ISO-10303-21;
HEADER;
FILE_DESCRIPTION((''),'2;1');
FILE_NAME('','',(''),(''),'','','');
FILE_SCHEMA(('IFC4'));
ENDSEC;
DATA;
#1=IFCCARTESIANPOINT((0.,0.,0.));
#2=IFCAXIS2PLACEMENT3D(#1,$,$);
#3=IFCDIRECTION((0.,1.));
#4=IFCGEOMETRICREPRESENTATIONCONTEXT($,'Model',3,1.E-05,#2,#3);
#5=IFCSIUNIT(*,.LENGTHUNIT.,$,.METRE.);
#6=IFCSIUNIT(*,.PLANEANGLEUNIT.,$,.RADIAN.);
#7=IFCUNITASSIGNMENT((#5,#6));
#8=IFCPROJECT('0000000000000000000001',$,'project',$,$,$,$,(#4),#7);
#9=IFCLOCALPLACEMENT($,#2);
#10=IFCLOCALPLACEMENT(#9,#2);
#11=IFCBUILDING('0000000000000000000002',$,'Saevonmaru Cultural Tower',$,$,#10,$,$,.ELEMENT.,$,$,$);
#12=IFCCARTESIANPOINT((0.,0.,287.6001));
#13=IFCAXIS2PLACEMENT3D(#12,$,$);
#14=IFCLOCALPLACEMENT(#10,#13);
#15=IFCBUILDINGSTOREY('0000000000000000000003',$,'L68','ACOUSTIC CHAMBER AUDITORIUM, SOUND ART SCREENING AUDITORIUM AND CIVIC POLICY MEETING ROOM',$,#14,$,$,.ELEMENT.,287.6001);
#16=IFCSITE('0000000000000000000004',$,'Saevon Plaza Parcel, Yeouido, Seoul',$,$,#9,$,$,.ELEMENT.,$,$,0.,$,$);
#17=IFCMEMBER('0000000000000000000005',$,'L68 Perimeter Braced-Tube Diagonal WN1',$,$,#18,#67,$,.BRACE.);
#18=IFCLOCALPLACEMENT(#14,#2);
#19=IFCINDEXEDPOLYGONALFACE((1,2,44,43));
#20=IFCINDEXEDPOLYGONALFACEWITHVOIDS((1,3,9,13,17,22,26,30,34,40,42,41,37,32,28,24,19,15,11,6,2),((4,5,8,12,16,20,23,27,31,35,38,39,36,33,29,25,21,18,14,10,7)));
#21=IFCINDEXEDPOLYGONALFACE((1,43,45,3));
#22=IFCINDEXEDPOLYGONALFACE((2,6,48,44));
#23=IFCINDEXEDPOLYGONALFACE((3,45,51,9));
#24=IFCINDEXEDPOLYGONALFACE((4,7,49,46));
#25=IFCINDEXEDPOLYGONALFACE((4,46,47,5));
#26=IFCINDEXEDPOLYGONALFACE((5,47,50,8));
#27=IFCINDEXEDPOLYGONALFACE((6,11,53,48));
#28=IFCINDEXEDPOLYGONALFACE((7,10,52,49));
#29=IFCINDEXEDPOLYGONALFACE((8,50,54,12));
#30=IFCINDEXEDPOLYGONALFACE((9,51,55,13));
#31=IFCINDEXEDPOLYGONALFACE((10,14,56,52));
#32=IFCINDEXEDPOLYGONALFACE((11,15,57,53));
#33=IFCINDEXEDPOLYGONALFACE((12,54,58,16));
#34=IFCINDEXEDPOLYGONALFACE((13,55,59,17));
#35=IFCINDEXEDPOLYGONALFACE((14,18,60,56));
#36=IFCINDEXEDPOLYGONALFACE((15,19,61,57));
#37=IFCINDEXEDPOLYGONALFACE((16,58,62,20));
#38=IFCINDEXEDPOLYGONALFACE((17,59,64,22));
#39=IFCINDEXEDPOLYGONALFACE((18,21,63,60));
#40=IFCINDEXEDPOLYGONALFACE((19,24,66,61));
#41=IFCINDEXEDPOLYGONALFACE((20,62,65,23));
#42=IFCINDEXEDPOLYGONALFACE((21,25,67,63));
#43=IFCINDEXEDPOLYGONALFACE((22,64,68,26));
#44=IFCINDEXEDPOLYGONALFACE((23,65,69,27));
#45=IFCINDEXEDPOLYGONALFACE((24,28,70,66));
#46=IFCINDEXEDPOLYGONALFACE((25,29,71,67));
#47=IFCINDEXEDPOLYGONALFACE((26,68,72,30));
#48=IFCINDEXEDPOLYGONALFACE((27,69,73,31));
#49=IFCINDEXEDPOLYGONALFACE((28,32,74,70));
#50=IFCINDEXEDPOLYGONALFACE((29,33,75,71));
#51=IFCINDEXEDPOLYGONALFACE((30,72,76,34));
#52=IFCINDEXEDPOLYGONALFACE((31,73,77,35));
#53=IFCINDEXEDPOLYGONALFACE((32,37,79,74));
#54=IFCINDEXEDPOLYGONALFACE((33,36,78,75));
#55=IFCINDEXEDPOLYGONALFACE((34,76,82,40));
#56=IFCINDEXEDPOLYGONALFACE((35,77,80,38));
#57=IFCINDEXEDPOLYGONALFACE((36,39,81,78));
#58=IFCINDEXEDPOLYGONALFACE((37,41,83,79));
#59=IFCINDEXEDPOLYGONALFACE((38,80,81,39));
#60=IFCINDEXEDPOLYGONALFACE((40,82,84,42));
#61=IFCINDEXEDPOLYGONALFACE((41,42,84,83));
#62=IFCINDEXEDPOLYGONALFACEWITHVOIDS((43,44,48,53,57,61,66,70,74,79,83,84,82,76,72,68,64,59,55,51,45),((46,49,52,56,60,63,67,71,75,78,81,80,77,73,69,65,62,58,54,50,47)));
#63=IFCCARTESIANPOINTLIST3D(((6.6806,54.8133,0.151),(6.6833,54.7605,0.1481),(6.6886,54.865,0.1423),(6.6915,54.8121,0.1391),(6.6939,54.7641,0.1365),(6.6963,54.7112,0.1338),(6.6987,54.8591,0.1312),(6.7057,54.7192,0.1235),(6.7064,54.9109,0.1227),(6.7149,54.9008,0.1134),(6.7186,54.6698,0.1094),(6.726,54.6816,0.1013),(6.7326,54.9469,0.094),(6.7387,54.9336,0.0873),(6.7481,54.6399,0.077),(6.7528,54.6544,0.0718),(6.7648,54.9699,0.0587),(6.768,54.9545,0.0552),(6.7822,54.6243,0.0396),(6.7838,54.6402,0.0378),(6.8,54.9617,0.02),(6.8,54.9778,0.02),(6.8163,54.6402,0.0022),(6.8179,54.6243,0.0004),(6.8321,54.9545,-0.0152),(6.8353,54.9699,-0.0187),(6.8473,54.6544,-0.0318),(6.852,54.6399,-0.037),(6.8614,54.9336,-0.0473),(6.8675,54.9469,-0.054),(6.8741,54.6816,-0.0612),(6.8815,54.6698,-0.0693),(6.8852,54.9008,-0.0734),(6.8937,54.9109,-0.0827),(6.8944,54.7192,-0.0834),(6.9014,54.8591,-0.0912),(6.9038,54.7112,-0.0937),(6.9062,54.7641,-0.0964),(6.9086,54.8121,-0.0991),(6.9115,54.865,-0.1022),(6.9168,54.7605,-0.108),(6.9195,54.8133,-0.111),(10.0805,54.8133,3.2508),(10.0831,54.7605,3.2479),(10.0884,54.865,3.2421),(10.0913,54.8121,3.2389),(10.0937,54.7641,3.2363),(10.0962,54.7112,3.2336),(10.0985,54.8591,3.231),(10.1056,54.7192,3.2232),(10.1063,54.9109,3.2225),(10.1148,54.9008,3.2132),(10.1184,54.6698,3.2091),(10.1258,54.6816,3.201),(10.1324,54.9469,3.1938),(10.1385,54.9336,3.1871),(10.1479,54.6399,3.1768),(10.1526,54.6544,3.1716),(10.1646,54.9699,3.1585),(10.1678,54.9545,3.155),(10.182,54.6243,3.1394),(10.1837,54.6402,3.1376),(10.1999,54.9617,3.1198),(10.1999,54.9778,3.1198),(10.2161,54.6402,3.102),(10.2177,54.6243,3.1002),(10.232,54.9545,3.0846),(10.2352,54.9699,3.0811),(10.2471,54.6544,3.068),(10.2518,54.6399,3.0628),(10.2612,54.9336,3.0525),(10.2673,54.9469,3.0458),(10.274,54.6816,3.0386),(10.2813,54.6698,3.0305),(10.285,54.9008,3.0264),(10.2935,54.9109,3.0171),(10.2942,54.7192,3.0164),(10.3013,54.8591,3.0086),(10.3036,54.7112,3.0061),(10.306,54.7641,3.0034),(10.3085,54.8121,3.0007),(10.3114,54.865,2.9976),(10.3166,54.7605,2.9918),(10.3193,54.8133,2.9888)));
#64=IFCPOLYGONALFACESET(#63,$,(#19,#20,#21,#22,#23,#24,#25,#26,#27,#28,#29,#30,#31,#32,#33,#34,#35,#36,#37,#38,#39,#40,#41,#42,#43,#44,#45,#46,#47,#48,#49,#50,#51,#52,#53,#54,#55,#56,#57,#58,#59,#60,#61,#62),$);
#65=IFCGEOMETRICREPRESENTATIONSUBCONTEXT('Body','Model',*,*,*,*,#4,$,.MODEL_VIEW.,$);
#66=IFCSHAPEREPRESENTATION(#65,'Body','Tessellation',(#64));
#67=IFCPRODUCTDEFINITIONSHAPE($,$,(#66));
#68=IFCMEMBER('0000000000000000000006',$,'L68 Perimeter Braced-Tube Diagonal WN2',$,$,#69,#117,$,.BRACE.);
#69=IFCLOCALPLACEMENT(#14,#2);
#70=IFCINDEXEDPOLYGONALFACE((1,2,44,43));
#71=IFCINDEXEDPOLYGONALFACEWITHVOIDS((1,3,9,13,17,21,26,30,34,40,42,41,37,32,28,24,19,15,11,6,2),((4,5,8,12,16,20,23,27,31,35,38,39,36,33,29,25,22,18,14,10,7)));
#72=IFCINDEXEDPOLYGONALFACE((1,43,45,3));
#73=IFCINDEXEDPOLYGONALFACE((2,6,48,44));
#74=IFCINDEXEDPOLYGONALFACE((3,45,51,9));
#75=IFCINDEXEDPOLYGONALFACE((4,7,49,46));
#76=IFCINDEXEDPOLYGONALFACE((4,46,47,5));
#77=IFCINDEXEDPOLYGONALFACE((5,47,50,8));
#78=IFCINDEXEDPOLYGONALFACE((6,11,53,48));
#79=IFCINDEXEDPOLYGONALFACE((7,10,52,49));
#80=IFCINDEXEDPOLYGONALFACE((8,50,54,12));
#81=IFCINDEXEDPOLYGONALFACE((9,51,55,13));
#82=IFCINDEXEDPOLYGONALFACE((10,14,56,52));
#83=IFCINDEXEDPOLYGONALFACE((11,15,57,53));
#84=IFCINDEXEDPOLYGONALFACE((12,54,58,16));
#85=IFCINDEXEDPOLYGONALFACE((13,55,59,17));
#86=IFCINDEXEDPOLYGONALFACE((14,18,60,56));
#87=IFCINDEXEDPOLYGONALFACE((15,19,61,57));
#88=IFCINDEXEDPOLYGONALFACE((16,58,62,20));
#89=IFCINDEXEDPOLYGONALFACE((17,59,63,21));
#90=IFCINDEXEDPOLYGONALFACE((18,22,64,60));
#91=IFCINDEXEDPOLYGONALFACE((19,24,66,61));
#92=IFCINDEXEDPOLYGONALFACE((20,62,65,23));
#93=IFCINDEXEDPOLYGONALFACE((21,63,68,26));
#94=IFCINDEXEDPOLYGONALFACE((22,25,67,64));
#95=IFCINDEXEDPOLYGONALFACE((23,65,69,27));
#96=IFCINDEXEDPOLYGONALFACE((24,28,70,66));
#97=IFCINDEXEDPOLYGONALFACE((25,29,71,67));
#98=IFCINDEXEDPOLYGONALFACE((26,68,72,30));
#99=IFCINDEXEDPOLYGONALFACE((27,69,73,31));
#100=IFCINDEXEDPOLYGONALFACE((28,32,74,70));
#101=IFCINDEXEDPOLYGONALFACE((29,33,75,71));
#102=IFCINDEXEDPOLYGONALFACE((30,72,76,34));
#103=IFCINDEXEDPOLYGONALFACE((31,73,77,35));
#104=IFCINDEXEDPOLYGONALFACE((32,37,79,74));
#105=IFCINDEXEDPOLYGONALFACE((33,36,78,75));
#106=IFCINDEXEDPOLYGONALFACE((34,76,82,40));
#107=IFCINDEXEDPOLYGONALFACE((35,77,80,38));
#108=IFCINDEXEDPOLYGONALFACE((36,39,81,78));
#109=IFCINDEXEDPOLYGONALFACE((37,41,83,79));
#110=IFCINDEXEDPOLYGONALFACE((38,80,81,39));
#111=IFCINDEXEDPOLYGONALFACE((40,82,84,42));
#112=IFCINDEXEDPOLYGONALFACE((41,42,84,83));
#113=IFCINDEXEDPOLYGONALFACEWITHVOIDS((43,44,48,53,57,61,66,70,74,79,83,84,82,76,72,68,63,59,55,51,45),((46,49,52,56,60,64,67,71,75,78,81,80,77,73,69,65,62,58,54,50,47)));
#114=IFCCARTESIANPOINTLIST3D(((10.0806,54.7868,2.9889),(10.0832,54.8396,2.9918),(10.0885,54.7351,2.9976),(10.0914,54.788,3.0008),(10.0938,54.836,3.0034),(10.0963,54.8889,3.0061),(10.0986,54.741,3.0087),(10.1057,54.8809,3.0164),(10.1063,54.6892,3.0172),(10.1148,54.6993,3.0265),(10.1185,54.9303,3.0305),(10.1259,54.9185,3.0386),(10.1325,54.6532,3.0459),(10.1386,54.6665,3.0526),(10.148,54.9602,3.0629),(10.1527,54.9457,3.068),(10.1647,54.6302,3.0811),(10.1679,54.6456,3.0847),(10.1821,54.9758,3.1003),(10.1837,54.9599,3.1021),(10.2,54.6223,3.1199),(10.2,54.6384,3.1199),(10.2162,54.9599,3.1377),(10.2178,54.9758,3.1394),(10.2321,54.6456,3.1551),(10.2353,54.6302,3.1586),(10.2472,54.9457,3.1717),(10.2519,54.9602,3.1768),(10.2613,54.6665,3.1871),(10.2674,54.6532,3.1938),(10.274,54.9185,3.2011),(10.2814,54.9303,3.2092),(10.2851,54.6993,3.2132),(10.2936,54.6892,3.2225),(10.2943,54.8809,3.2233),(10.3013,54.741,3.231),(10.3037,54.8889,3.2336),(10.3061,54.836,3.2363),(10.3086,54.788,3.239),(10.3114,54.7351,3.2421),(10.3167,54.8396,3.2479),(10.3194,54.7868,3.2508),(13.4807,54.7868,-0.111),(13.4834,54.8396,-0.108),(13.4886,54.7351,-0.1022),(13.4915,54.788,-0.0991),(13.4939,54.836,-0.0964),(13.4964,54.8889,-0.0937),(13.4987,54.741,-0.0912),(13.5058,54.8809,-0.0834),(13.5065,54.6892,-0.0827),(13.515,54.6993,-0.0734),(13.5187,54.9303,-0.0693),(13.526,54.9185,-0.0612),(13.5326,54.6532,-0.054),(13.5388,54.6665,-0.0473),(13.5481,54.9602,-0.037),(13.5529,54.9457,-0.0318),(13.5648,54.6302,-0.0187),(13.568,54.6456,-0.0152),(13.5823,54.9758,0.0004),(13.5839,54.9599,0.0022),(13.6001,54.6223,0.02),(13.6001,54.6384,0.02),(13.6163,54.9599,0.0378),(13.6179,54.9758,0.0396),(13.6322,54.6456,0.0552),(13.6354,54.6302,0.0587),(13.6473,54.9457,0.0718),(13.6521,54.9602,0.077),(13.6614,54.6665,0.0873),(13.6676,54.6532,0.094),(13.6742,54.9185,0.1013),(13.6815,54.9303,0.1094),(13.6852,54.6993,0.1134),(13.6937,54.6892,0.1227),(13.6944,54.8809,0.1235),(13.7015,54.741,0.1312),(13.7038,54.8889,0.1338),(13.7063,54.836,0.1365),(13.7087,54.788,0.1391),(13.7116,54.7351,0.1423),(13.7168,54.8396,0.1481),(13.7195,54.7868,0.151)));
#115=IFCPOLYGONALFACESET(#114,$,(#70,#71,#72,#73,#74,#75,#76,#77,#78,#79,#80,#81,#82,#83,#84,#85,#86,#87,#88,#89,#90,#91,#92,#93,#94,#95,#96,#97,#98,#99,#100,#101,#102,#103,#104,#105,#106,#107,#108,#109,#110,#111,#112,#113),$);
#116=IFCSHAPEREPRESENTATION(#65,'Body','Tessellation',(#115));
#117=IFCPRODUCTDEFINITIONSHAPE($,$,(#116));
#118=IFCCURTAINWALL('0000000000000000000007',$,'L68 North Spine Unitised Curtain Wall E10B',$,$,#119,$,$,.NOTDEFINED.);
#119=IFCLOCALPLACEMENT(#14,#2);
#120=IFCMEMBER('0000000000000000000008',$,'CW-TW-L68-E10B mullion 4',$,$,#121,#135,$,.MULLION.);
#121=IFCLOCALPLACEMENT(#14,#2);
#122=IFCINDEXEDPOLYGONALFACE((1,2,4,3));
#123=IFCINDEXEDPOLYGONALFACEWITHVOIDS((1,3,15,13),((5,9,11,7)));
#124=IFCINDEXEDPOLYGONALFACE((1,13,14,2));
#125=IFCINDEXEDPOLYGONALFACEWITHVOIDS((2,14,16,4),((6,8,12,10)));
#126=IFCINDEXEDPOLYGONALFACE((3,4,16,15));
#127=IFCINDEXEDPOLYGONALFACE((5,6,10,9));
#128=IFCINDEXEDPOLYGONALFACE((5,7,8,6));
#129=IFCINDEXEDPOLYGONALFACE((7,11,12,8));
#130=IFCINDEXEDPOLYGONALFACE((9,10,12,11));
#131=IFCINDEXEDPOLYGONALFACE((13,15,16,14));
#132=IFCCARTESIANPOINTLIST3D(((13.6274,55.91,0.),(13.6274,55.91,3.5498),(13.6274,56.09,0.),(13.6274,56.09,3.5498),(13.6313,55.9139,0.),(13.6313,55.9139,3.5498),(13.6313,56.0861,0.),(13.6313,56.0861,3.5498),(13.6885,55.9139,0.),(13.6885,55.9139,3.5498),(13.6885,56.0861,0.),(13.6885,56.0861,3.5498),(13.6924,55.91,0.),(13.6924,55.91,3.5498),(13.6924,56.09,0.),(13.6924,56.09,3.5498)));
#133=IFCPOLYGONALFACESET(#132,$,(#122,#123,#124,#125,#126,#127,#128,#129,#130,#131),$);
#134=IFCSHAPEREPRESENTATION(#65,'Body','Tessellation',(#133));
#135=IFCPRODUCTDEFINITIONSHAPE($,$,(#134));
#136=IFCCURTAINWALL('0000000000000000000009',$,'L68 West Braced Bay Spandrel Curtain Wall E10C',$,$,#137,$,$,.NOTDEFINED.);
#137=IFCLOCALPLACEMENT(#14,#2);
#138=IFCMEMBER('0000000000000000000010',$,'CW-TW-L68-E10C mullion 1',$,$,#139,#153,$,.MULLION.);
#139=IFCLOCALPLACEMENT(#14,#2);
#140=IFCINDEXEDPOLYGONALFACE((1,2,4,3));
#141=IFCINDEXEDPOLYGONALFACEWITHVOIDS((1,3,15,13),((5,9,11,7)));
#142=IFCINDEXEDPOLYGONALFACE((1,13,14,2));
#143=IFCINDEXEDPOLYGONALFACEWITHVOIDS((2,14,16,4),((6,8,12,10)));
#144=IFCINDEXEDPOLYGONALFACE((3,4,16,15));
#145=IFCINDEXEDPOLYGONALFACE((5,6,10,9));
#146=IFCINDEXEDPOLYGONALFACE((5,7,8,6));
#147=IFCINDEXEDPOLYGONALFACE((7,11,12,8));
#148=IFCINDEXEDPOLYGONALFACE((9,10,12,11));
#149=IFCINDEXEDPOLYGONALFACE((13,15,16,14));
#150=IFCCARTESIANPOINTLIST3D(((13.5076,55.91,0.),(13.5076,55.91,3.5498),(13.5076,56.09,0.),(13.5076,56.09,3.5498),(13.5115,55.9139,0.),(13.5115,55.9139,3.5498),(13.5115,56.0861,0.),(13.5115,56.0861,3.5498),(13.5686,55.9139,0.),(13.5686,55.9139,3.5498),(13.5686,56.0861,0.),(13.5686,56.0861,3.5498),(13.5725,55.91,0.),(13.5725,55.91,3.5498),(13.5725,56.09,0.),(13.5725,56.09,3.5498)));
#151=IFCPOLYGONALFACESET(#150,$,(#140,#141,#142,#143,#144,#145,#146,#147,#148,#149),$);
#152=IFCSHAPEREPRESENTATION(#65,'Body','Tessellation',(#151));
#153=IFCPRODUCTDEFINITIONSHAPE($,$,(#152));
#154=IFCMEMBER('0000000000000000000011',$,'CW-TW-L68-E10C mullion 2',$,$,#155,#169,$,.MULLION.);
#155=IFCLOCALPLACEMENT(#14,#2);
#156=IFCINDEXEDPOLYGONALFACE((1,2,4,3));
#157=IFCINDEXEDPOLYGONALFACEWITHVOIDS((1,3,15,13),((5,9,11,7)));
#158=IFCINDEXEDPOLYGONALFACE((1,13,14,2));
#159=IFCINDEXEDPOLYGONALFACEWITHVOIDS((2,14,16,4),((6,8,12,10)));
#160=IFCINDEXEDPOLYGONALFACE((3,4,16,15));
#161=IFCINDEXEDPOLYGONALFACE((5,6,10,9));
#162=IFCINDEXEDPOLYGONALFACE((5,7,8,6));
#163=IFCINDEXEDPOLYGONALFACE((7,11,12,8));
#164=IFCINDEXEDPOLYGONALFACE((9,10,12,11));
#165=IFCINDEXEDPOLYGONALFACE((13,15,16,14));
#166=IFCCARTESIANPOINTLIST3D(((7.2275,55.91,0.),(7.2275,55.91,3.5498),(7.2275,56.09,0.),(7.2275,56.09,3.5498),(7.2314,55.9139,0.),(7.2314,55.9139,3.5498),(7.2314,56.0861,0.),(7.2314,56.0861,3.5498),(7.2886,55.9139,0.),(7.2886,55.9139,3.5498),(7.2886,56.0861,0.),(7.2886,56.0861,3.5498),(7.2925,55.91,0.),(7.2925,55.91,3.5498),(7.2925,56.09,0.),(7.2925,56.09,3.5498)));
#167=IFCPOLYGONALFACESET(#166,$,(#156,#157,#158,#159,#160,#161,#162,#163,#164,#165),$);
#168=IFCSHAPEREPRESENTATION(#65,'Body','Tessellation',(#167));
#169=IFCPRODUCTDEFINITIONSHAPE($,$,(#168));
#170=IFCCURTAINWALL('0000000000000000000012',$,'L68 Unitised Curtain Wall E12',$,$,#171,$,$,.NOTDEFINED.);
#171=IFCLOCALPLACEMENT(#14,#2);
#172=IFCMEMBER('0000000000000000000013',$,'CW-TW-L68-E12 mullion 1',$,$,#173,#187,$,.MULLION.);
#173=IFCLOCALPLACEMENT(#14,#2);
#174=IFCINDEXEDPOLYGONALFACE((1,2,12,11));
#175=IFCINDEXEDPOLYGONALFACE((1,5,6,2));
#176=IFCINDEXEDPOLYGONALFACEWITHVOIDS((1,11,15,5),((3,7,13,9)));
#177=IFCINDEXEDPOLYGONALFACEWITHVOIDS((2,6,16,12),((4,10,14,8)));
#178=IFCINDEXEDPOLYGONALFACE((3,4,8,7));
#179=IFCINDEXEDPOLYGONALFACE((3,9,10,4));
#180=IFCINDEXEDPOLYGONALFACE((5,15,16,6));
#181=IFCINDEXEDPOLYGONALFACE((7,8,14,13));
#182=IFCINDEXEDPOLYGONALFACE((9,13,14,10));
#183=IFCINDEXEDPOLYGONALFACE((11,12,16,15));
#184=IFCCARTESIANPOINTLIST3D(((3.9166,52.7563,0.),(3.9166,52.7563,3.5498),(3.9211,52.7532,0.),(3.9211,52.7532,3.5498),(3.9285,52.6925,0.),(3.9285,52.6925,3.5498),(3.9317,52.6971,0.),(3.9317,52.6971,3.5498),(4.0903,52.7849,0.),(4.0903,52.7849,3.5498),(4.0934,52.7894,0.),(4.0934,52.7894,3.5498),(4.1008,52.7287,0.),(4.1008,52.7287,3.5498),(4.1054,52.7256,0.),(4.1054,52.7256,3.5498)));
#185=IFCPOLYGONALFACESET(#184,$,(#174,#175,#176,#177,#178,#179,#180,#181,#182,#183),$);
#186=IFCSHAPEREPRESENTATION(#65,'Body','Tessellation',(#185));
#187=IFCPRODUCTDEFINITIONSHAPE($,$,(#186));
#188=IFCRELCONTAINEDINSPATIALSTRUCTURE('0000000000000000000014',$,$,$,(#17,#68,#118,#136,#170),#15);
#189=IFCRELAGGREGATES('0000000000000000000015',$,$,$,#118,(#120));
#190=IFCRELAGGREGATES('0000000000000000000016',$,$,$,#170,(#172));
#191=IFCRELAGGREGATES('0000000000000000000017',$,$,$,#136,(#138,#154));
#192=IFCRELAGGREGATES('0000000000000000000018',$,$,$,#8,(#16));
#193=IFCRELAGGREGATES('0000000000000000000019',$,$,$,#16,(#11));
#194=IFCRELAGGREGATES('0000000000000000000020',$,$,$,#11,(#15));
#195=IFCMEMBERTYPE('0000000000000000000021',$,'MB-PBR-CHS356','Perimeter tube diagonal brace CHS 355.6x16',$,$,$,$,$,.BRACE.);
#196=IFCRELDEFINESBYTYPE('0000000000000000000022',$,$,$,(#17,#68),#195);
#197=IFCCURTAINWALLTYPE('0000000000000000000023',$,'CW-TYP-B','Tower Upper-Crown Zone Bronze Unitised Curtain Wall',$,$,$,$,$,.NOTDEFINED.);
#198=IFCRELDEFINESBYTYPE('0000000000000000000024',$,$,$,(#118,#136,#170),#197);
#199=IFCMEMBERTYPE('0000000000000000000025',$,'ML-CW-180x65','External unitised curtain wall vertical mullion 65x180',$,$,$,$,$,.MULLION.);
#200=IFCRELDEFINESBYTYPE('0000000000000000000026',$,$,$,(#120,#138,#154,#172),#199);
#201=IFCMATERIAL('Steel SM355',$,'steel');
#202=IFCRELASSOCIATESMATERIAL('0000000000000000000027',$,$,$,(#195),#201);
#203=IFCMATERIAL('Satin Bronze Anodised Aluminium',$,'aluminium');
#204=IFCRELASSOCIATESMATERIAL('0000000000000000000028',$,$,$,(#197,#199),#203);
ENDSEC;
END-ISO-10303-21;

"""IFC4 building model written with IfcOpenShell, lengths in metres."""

from ifc_helpers import new_model, si_unit, direction, frame, origin, origin_2d, place, context, subcontext, project, spatial, hollow_rectangle, hollow_circle, extrude, material, material_profile, profile_set, type_object, element, aggregate, save


model = new_model("IFC4")

# Units and contexts
model_context = context("Model", 3, precision=1e-05, world=origin(), true_north=direction((0.0, 1.0)))
body_context = subcontext(model_context, "Body", "Model", "MODEL_VIEW")
ifc_project = project(units=[si_unit("LENGTHUNIT", "METRE"), si_unit("PLANEANGLEUNIT", "RADIAN")], contexts=[model_context])

# Site, building, storey
site_placement = place(None, origin())
site = spatial("IfcSite", under=ifc_project, at=site_placement, Name="Saevon Plaza Parcel, Yeouido, Seoul", CompositionType="ELEMENT", RefElevation=0.0)
building_placement = place(site_placement, origin())
building = spatial("IfcBuilding", under=site, at=building_placement, Name="Saevonmaru Cultural Tower", CompositionType="ELEMENT")
storey_placement = place(building_placement, frame((0.0, 0.0, 287.6001)))
storey = spatial("IfcBuildingStorey", under=building, at=storey_placement, Name="L68", Description="ACOUSTIC CHAMBER AUDITORIUM, SOUND ART SCREENING AUDITORIUM AND CIVIC POLICY MEETING ROOM", CompositionType="ELEMENT", Elevation=287.6001)

# Shared definitions
ifc_material_1 = material(Name="Steel SM355", Category="steel")

# Members
ifc_material_profile_1 = material_profile(ifc_material_1, hollow_circle(Radius=0.1777, WallThickness=0.0161, at=origin_2d()), Name="CHS-355.6x16")
ifc_profile_set_1 = profile_set([ifc_material_profile_1], Name="Steel SM355")
member_type_1 = type_object("IfcMemberType", Name="MB-PBR-CHS356", Description="Perimeter tube diagonal brace CHS 355.6x16", PredefinedType="BRACE", material=ifc_profile_set_1)
member_1_placement = place(storey_placement, frame((6.8, 54.8, 0.02), z_axis=(0.738962, 0.0, 0.673747), x_axis=(0.0, 1.0, 0.0)))
element("IfcMember", 1, at=member_1_placement, inside=storey, type_object=member_type_1, Name="L68 Perimeter Braced-Tube Diagonal WN1", PredefinedType="BRACE", context=body_context, shape_type="SweptSolid", body=[
    extrude(hollow_circle(Radius=0.1777, WallThickness=0.0161, at=origin_2d()), origin(), (0.0, 0.0, 1.0), 4.6008),
])
member_2_placement = place(storey_placement, frame((13.6001, 54.8, 0.02), z_axis=(-0.738986, 0.0, 0.673721), x_axis=(0.0, -1.0, 0.0)))
element("IfcMember", 2, at=member_2_placement, inside=storey, type_object=member_type_1, Name="L68 Perimeter Braced-Tube Diagonal WN2", PredefinedType="BRACE", context=body_context, shape_type="SweptSolid", body=[
    extrude(hollow_circle(Radius=0.1777, WallThickness=0.0161, at=origin_2d()), origin(), (0.0, 0.0, 1.0), 4.6011),
])

# Curtain wall, member
ifc_material_2 = material(Name="Satin Bronze Anodised Aluminium", Category="aluminium")
curtain_wall_type = type_object("IfcCurtainWallType", Name="CW-TYP-B", Description="Tower Upper-Crown Zone Bronze Unitised Curtain Wall", PredefinedType="NOTDEFINED", material=ifc_material_2)
curtain_wall_1_placement = place(storey_placement, origin())
curtain_wall_1 = element("IfcCurtainWall", 3, at=curtain_wall_1_placement, inside=storey, type_object=curtain_wall_type, Name="L68 North Spine Unitised Curtain Wall E10B", PredefinedType="NOTDEFINED")
ifc_material_profile_2 = material_profile(ifc_material_2, hollow_rectangle(XDim=0.0649, YDim=0.1799, WallThickness=0.0039, at=origin_2d()), Name="ALU-MULL-180x65x4")
ifc_profile_set_2 = profile_set([ifc_material_profile_2], Name="Satin Bronze Anodised Aluminium")
member_type_2 = type_object("IfcMemberType", Name="ML-CW-180x65", Description="External unitised curtain wall vertical mullion 65x180", PredefinedType="MULLION", material=ifc_profile_set_2)
member_3_placement = place(storey_placement, frame((13.6599, 56.0, 0.0), z_axis=(0.0, 0.0, 1.0), x_axis=(-1.0, 0.0, 0.0)))
member_3 = element("IfcMember", 4, at=member_3_placement, type_object=member_type_2, Name="CW-TW-L68-E10B mullion 4", PredefinedType="MULLION", context=body_context, shape_type="SweptSolid", body=[
    extrude(hollow_rectangle(XDim=0.0649, YDim=0.1799, WallThickness=0.0039, at=origin_2d()), origin(), (0.0, 0.0, 1.0), 3.5498),
])
aggregate(curtain_wall_1, [member_3])

# Curtain wall, members
curtain_wall_2_placement = place(storey_placement, origin())
curtain_wall_2 = element("IfcCurtainWall", 5, at=curtain_wall_2_placement, inside=storey, type_object=curtain_wall_type, Name="L68 West Braced Bay Spandrel Curtain Wall E10C", PredefinedType="NOTDEFINED")
member_4_placement = place(storey_placement, frame((13.54, 56.0, 0.0), z_axis=(0.0, 0.0, 1.0), x_axis=(-1.0, 0.0, 0.0)))
member_4 = element("IfcMember", 6, at=member_4_placement, type_object=member_type_2, Name="CW-TW-L68-E10C mullion 1", PredefinedType="MULLION", context=body_context, shape_type="SweptSolid", body=[
    extrude(hollow_rectangle(XDim=0.0649, YDim=0.1799, WallThickness=0.0039, at=origin_2d()), origin(), (0.0, 0.0, 1.0), 3.5498),
])
member_5_placement = place(storey_placement, frame((7.26, 56.0, 0.0), z_axis=(0.0, 0.0, 1.0), x_axis=(-1.0, 0.0, 0.0)))
member_5 = element("IfcMember", 7, at=member_5_placement, type_object=member_type_2, Name="CW-TW-L68-E10C mullion 2", PredefinedType="MULLION", context=body_context, shape_type="SweptSolid", body=[
    extrude(hollow_rectangle(XDim=0.0649, YDim=0.1799, WallThickness=0.0039, at=origin_2d()), origin(), (0.0, 0.0, 1.0), 3.5498),
])

# Curtain wall, member
curtain_wall_3_placement = place(storey_placement, origin())
curtain_wall_3 = element("IfcCurtainWall", 8, at=curtain_wall_3_placement, inside=storey, type_object=curtain_wall_type, Name="L68 Unitised Curtain Wall E12", PredefinedType="NOTDEFINED")
member_6_placement = place(storey_placement, frame((4.011, 52.741, 0.0), z_axis=(0.0, 0.0, 1.0), x_axis=(0.184047, -0.982918, 0.0)))
member_6 = element("IfcMember", 9, at=member_6_placement, type_object=member_type_2, Name="CW-TW-L68-E12 mullion 1", PredefinedType="MULLION", context=body_context, shape_type="SweptSolid", body=[
    extrude(hollow_rectangle(XDim=0.0649, YDim=0.1799, WallThickness=0.0039, at=origin_2d()), origin(), (0.0, 0.0, 1.0), 3.5498),
])

aggregate(curtain_wall_3, [member_6])
aggregate(curtain_wall_2, [member_4, member_5])

save(model, "model.ifc")
